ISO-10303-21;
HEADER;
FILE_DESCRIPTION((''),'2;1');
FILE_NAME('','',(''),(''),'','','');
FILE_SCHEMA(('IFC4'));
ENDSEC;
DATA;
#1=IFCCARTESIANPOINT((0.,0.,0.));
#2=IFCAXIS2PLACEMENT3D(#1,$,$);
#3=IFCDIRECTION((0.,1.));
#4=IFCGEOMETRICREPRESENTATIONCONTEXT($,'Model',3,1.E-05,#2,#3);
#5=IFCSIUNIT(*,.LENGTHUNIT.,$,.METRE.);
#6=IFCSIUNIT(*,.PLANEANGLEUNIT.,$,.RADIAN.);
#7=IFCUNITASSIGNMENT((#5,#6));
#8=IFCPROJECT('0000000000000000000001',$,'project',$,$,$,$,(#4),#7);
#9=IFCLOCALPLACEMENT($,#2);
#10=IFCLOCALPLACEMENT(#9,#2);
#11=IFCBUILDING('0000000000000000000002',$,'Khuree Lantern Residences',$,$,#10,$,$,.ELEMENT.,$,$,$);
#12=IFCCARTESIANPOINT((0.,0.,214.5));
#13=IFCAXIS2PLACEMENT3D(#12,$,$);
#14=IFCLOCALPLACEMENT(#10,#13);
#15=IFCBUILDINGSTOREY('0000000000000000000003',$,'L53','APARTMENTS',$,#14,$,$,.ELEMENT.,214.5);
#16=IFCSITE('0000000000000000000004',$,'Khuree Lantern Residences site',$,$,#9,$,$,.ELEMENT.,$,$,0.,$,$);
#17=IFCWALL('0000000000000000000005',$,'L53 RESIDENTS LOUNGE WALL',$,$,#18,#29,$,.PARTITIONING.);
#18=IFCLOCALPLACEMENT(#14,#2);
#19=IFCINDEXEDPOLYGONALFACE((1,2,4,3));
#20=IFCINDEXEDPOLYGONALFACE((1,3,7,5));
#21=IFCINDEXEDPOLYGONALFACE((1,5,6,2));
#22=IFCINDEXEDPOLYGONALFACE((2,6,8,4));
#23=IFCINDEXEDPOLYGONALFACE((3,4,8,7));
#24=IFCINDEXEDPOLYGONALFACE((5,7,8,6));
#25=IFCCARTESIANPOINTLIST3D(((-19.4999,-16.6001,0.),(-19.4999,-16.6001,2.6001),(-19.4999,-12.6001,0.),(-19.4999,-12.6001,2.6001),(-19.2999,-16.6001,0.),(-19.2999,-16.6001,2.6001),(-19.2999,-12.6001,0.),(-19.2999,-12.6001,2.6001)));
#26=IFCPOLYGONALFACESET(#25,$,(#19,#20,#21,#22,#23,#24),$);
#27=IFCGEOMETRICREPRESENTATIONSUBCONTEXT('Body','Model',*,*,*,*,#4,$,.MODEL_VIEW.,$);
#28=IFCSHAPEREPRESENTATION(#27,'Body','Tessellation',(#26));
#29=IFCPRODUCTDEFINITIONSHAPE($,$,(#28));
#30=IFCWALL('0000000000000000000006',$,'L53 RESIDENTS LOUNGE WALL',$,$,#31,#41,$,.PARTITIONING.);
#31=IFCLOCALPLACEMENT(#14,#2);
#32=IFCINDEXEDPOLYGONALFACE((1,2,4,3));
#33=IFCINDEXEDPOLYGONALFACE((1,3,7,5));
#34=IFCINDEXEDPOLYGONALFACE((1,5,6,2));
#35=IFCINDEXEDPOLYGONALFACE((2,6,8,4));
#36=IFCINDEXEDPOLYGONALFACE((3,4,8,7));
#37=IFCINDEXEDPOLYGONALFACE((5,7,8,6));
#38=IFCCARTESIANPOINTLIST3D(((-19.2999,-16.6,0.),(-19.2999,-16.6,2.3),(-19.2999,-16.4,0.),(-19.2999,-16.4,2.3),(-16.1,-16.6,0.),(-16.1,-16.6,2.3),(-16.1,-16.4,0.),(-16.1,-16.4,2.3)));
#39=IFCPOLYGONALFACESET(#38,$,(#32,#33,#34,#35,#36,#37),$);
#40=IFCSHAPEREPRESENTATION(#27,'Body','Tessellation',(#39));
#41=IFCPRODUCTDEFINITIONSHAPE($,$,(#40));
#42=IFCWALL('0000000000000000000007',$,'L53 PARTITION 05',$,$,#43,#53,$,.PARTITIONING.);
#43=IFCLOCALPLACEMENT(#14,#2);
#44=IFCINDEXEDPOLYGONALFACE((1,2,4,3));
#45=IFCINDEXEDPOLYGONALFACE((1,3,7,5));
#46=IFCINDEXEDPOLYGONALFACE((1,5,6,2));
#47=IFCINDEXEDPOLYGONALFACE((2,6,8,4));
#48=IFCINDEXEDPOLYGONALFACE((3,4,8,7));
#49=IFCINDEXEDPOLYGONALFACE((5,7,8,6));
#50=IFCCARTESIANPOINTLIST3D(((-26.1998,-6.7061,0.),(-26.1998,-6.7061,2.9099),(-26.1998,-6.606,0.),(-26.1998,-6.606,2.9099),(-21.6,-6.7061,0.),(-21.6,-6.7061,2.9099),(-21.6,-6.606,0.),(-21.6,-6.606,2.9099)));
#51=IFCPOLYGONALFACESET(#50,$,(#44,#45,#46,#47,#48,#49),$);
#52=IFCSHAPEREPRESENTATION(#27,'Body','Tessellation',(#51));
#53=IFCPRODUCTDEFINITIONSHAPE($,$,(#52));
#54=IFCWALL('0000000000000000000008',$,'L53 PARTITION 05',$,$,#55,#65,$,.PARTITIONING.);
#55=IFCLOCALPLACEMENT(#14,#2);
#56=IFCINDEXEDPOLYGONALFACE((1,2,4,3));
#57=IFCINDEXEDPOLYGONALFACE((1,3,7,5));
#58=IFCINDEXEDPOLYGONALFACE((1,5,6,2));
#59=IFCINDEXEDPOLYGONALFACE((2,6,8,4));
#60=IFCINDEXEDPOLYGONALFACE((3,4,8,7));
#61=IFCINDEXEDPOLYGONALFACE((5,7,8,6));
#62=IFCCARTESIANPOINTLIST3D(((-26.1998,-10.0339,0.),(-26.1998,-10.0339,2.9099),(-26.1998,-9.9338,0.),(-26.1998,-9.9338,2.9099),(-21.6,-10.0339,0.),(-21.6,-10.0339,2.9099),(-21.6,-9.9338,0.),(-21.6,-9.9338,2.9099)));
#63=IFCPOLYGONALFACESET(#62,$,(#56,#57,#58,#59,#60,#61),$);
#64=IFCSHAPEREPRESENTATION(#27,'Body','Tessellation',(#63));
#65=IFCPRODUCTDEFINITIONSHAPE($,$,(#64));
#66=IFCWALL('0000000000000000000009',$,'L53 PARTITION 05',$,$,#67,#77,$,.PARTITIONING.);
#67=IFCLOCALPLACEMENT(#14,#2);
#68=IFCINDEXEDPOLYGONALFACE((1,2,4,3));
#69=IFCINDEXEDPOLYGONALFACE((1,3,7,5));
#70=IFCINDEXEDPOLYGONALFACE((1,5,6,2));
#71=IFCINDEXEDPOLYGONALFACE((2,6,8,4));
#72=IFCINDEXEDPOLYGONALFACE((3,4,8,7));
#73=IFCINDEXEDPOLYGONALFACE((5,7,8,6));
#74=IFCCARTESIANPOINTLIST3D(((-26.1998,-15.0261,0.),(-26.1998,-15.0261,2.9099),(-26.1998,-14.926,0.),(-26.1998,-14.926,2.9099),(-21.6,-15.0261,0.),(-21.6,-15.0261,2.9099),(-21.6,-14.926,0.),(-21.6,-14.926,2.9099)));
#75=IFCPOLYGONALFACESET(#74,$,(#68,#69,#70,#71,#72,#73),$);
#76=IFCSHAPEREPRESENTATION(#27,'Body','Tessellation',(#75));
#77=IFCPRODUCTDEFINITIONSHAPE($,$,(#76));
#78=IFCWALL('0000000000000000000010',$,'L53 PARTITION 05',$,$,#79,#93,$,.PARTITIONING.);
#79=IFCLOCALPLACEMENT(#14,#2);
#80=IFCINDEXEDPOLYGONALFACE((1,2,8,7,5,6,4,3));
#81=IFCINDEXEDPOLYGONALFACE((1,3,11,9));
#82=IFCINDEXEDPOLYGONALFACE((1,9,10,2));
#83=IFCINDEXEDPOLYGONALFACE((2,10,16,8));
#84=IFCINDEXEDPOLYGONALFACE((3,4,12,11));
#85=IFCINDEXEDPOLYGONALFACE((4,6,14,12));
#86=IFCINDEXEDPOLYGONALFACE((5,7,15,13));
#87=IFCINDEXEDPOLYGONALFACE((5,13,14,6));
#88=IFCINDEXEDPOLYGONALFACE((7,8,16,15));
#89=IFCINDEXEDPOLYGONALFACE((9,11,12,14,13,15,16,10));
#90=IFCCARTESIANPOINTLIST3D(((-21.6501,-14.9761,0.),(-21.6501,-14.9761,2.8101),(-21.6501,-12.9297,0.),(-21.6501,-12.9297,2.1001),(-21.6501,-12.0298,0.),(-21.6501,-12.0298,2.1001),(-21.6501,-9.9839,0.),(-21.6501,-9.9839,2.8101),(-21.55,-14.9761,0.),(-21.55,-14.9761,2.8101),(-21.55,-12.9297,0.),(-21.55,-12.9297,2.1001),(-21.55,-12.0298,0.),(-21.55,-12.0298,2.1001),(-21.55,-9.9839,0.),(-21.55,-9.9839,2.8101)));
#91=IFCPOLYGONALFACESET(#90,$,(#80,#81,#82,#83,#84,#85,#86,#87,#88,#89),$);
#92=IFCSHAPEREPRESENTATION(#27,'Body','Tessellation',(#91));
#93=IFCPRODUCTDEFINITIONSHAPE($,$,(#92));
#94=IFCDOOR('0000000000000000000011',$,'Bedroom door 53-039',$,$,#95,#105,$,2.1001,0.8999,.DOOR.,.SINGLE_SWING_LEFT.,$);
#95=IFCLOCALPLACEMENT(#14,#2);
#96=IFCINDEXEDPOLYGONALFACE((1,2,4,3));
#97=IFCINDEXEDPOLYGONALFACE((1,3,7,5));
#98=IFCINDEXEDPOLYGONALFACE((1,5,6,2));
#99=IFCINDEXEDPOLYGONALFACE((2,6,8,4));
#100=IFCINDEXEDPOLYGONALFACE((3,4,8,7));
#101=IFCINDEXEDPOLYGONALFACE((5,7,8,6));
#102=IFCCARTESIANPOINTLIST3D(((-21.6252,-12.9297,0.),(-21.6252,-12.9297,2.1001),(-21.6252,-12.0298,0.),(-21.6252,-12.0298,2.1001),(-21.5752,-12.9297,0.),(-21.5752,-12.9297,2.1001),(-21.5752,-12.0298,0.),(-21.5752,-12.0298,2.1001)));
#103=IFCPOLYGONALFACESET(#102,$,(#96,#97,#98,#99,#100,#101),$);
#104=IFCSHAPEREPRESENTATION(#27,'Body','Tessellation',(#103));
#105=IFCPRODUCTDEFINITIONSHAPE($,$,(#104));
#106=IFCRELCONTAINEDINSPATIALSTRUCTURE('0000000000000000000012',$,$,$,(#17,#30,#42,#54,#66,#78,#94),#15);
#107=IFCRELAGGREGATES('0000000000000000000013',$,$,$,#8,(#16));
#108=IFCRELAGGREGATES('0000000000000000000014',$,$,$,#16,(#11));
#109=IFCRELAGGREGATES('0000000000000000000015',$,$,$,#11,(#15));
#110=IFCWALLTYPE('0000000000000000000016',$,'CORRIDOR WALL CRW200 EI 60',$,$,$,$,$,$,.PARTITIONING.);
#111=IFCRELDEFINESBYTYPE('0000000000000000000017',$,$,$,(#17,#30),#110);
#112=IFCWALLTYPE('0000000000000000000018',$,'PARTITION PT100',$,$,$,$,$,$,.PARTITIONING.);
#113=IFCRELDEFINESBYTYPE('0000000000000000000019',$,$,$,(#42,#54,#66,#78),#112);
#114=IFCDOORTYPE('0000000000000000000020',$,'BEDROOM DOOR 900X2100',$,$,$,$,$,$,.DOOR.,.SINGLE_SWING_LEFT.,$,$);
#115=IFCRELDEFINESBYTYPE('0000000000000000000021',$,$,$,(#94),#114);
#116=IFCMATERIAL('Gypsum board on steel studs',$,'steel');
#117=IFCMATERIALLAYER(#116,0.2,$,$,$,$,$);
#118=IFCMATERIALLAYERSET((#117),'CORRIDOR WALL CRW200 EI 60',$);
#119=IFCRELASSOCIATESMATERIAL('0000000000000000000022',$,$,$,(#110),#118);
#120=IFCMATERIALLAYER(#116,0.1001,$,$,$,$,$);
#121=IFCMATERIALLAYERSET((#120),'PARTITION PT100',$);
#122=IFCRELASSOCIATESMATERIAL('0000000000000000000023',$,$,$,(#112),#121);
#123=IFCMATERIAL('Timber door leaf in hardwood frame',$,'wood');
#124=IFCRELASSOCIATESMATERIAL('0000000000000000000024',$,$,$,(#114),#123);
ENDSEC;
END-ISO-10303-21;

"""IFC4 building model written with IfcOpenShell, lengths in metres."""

from ifc_helpers import new_model, si_unit, direction, frame, frame_2d, origin, place, context, subcontext, project, spatial, rectangle, extrude, material, layer, layer_set, type_object, element, fill, save


model = new_model("IFC4")

# Units and contexts
model_context = context("Model", 3, precision=1e-05, world=origin(), true_north=direction((0.0, 1.0)))
body_context = subcontext(model_context, "Body", "Model", "MODEL_VIEW")
ifc_project = project(units=[si_unit("LENGTHUNIT", "METRE"), si_unit("PLANEANGLEUNIT", "RADIAN")], contexts=[model_context])

# Site, building, storey
site_placement = place(None, origin())
site = spatial("IfcSite", under=ifc_project, at=site_placement, Name="Khuree Lantern Residences site", CompositionType="ELEMENT", RefElevation=0.0)
building_placement = place(site_placement, origin())
building = spatial("IfcBuilding", under=site, at=building_placement, Name="Khuree Lantern Residences", CompositionType="ELEMENT")
storey_placement = place(building_placement, frame((0.0, 0.0, 214.5)))
storey = spatial("IfcBuildingStorey", under=building, at=storey_placement, Name="L53", Description="APARTMENTS", CompositionType="ELEMENT", Elevation=214.5)

# Walls
ifc_material_1 = material(Name="Gypsum board on steel studs", Category="steel")
ifc_layer_1 = layer(ifc_material_1, 0.2)
ifc_layer_set_1 = layer_set([ifc_layer_1], Name="CORRIDOR WALL CRW200 EI 60")
wall_type_1 = type_object("IfcWallType", Name="CORRIDOR WALL CRW200 EI 60", PredefinedType="PARTITIONING", material=ifc_layer_set_1)
wall_1_placement = place(storey_placement, frame((-19.3999, -12.6001, 0.0), z_axis=(0.0, 0.0, 1.0), x_axis=(0.0, -1.0, 0.0)))
element("IfcWall", 1, at=wall_1_placement, inside=storey, type_object=wall_type_1, Name="L53 RESIDENTS LOUNGE WALL", PredefinedType="PARTITIONING", context=body_context, shape_type="SweptSolid", body=[
    extrude(rectangle(XDim=4.0, YDim=0.2, at=frame_2d((2.0, 0.0))), origin(), (0.0, 0.0, 1.0), 2.6001),
])
wall_2_placement = place(storey_placement, frame((-19.3, -16.5, 0.0), z_axis=(0.0, 0.0, 1.0), x_axis=(1.0, 0.0, 0.0)))
element("IfcWall", 2, at=wall_2_placement, inside=storey, type_object=wall_type_1, Name="L53 RESIDENTS LOUNGE WALL", PredefinedType="PARTITIONING", context=body_context, shape_type="SweptSolid", body=[
    extrude(rectangle(XDim=3.2, YDim=0.2, at=frame_2d((1.6001, 0.0))), origin(), (0.0, 0.0, 1.0), 2.3),
])
ifc_layer_2 = layer(ifc_material_1, 0.1001)
ifc_layer_set_2 = layer_set([ifc_layer_2], Name="PARTITION PT100")
wall_type_2 = type_object("IfcWallType", Name="PARTITION PT100", PredefinedType="PARTITIONING", material=ifc_layer_set_2)
for number, where, z_axis, x_axis, name in (
    (3, (-21.6001, -6.656, 0.0), (0.0, 0.0, 1.0), (-1.0, 0.0, 0.0), "L53 PARTITION 05"),
    (4, (-21.6001, -9.9839, 0.0), (0.0, 0.0, 1.0), (-1.0, 0.0, 0.0), "L53 PARTITION 05"),
    (5, (-21.6001, -14.9761, 0.0), (0.0, 0.0, 1.0), (-1.0, 0.0, 0.0), "L53 PARTITION 05"),
):
    element("IfcWall", number, at=place(storey_placement, frame(where, z_axis=z_axis, x_axis=x_axis)), inside=storey, type_object=wall_type_2, Name=name, PredefinedType="PARTITIONING", context=body_context, shape_type="SweptSolid", body=[
        extrude(rectangle(XDim=4.5999, YDim=0.1001, at=frame_2d((2.2998, 0.0))), origin(), (0.0, 0.0, 1.0), 2.9099),
    ])

# Wall, opening, door
wall_3_placement = place(storey_placement, frame((-21.6001, -9.9839, 0.0), z_axis=(0.0, 0.0, 1.0), x_axis=(0.0, -1.0, 0.0)))
wall_3 = element("IfcWall", 6, at=wall_3_placement, inside=storey, type_object=wall_type_2, Name="L53 PARTITION 05", PredefinedType="PARTITIONING", context=body_context, shape_type="SweptSolid", body=[
    extrude(rectangle(XDim=4.9922, YDim=0.1001, at=frame_2d((2.4961, 0.0))), origin(), (0.0, 0.0, 1.0), 2.8101),
])
opening_placement = place(wall_3_placement, frame((2.0459, 0.0, 0.0)))
opening = element("IfcOpeningElement", 7, at=opening_placement, cuts=wall_3, PredefinedType="OPENING", context=body_context, shape_type="SweptSolid", body=[
    extrude(rectangle(XDim=0.8999, YDim=2.1001, at=frame_2d((0.45, 1.05))), frame((0.0, 0.0601, 0.0), z_axis=(0.0, -1.0, 0.0), x_axis=(1.0, 0.0, 0.0)), (0.0, 0.0, 1.0), 0.1201),
])
ifc_material_2 = material(Name="Timber door leaf in hardwood frame", Category="wood")
door_type = type_object("IfcDoorType", Name="BEDROOM DOOR 900X2100", OperationType="SINGLE_SWING_LEFT", PredefinedType="DOOR", material=ifc_material_2)
door_placement = place(opening_placement, origin())
door = element("IfcDoor", 8, at=door_placement, inside=storey, type_object=door_type, Name="Bedroom door 53-039", OperationType="SINGLE_SWING_LEFT", OverallHeight=2.1001, OverallWidth=0.8999, PredefinedType="DOOR", context=body_context, shape_type="SweptSolid", body=[
    extrude(rectangle(XDim=0.8999, YDim=2.1001, at=frame_2d((0.45, 1.05))), frame((0.0, 0.0249, 0.0), z_axis=(0.0, -1.0, 0.0), x_axis=(1.0, 0.0, 0.0)), (0.0, 0.0, 1.0), 0.05),
])
fill(opening, door)

save(model, "model.ifc")
